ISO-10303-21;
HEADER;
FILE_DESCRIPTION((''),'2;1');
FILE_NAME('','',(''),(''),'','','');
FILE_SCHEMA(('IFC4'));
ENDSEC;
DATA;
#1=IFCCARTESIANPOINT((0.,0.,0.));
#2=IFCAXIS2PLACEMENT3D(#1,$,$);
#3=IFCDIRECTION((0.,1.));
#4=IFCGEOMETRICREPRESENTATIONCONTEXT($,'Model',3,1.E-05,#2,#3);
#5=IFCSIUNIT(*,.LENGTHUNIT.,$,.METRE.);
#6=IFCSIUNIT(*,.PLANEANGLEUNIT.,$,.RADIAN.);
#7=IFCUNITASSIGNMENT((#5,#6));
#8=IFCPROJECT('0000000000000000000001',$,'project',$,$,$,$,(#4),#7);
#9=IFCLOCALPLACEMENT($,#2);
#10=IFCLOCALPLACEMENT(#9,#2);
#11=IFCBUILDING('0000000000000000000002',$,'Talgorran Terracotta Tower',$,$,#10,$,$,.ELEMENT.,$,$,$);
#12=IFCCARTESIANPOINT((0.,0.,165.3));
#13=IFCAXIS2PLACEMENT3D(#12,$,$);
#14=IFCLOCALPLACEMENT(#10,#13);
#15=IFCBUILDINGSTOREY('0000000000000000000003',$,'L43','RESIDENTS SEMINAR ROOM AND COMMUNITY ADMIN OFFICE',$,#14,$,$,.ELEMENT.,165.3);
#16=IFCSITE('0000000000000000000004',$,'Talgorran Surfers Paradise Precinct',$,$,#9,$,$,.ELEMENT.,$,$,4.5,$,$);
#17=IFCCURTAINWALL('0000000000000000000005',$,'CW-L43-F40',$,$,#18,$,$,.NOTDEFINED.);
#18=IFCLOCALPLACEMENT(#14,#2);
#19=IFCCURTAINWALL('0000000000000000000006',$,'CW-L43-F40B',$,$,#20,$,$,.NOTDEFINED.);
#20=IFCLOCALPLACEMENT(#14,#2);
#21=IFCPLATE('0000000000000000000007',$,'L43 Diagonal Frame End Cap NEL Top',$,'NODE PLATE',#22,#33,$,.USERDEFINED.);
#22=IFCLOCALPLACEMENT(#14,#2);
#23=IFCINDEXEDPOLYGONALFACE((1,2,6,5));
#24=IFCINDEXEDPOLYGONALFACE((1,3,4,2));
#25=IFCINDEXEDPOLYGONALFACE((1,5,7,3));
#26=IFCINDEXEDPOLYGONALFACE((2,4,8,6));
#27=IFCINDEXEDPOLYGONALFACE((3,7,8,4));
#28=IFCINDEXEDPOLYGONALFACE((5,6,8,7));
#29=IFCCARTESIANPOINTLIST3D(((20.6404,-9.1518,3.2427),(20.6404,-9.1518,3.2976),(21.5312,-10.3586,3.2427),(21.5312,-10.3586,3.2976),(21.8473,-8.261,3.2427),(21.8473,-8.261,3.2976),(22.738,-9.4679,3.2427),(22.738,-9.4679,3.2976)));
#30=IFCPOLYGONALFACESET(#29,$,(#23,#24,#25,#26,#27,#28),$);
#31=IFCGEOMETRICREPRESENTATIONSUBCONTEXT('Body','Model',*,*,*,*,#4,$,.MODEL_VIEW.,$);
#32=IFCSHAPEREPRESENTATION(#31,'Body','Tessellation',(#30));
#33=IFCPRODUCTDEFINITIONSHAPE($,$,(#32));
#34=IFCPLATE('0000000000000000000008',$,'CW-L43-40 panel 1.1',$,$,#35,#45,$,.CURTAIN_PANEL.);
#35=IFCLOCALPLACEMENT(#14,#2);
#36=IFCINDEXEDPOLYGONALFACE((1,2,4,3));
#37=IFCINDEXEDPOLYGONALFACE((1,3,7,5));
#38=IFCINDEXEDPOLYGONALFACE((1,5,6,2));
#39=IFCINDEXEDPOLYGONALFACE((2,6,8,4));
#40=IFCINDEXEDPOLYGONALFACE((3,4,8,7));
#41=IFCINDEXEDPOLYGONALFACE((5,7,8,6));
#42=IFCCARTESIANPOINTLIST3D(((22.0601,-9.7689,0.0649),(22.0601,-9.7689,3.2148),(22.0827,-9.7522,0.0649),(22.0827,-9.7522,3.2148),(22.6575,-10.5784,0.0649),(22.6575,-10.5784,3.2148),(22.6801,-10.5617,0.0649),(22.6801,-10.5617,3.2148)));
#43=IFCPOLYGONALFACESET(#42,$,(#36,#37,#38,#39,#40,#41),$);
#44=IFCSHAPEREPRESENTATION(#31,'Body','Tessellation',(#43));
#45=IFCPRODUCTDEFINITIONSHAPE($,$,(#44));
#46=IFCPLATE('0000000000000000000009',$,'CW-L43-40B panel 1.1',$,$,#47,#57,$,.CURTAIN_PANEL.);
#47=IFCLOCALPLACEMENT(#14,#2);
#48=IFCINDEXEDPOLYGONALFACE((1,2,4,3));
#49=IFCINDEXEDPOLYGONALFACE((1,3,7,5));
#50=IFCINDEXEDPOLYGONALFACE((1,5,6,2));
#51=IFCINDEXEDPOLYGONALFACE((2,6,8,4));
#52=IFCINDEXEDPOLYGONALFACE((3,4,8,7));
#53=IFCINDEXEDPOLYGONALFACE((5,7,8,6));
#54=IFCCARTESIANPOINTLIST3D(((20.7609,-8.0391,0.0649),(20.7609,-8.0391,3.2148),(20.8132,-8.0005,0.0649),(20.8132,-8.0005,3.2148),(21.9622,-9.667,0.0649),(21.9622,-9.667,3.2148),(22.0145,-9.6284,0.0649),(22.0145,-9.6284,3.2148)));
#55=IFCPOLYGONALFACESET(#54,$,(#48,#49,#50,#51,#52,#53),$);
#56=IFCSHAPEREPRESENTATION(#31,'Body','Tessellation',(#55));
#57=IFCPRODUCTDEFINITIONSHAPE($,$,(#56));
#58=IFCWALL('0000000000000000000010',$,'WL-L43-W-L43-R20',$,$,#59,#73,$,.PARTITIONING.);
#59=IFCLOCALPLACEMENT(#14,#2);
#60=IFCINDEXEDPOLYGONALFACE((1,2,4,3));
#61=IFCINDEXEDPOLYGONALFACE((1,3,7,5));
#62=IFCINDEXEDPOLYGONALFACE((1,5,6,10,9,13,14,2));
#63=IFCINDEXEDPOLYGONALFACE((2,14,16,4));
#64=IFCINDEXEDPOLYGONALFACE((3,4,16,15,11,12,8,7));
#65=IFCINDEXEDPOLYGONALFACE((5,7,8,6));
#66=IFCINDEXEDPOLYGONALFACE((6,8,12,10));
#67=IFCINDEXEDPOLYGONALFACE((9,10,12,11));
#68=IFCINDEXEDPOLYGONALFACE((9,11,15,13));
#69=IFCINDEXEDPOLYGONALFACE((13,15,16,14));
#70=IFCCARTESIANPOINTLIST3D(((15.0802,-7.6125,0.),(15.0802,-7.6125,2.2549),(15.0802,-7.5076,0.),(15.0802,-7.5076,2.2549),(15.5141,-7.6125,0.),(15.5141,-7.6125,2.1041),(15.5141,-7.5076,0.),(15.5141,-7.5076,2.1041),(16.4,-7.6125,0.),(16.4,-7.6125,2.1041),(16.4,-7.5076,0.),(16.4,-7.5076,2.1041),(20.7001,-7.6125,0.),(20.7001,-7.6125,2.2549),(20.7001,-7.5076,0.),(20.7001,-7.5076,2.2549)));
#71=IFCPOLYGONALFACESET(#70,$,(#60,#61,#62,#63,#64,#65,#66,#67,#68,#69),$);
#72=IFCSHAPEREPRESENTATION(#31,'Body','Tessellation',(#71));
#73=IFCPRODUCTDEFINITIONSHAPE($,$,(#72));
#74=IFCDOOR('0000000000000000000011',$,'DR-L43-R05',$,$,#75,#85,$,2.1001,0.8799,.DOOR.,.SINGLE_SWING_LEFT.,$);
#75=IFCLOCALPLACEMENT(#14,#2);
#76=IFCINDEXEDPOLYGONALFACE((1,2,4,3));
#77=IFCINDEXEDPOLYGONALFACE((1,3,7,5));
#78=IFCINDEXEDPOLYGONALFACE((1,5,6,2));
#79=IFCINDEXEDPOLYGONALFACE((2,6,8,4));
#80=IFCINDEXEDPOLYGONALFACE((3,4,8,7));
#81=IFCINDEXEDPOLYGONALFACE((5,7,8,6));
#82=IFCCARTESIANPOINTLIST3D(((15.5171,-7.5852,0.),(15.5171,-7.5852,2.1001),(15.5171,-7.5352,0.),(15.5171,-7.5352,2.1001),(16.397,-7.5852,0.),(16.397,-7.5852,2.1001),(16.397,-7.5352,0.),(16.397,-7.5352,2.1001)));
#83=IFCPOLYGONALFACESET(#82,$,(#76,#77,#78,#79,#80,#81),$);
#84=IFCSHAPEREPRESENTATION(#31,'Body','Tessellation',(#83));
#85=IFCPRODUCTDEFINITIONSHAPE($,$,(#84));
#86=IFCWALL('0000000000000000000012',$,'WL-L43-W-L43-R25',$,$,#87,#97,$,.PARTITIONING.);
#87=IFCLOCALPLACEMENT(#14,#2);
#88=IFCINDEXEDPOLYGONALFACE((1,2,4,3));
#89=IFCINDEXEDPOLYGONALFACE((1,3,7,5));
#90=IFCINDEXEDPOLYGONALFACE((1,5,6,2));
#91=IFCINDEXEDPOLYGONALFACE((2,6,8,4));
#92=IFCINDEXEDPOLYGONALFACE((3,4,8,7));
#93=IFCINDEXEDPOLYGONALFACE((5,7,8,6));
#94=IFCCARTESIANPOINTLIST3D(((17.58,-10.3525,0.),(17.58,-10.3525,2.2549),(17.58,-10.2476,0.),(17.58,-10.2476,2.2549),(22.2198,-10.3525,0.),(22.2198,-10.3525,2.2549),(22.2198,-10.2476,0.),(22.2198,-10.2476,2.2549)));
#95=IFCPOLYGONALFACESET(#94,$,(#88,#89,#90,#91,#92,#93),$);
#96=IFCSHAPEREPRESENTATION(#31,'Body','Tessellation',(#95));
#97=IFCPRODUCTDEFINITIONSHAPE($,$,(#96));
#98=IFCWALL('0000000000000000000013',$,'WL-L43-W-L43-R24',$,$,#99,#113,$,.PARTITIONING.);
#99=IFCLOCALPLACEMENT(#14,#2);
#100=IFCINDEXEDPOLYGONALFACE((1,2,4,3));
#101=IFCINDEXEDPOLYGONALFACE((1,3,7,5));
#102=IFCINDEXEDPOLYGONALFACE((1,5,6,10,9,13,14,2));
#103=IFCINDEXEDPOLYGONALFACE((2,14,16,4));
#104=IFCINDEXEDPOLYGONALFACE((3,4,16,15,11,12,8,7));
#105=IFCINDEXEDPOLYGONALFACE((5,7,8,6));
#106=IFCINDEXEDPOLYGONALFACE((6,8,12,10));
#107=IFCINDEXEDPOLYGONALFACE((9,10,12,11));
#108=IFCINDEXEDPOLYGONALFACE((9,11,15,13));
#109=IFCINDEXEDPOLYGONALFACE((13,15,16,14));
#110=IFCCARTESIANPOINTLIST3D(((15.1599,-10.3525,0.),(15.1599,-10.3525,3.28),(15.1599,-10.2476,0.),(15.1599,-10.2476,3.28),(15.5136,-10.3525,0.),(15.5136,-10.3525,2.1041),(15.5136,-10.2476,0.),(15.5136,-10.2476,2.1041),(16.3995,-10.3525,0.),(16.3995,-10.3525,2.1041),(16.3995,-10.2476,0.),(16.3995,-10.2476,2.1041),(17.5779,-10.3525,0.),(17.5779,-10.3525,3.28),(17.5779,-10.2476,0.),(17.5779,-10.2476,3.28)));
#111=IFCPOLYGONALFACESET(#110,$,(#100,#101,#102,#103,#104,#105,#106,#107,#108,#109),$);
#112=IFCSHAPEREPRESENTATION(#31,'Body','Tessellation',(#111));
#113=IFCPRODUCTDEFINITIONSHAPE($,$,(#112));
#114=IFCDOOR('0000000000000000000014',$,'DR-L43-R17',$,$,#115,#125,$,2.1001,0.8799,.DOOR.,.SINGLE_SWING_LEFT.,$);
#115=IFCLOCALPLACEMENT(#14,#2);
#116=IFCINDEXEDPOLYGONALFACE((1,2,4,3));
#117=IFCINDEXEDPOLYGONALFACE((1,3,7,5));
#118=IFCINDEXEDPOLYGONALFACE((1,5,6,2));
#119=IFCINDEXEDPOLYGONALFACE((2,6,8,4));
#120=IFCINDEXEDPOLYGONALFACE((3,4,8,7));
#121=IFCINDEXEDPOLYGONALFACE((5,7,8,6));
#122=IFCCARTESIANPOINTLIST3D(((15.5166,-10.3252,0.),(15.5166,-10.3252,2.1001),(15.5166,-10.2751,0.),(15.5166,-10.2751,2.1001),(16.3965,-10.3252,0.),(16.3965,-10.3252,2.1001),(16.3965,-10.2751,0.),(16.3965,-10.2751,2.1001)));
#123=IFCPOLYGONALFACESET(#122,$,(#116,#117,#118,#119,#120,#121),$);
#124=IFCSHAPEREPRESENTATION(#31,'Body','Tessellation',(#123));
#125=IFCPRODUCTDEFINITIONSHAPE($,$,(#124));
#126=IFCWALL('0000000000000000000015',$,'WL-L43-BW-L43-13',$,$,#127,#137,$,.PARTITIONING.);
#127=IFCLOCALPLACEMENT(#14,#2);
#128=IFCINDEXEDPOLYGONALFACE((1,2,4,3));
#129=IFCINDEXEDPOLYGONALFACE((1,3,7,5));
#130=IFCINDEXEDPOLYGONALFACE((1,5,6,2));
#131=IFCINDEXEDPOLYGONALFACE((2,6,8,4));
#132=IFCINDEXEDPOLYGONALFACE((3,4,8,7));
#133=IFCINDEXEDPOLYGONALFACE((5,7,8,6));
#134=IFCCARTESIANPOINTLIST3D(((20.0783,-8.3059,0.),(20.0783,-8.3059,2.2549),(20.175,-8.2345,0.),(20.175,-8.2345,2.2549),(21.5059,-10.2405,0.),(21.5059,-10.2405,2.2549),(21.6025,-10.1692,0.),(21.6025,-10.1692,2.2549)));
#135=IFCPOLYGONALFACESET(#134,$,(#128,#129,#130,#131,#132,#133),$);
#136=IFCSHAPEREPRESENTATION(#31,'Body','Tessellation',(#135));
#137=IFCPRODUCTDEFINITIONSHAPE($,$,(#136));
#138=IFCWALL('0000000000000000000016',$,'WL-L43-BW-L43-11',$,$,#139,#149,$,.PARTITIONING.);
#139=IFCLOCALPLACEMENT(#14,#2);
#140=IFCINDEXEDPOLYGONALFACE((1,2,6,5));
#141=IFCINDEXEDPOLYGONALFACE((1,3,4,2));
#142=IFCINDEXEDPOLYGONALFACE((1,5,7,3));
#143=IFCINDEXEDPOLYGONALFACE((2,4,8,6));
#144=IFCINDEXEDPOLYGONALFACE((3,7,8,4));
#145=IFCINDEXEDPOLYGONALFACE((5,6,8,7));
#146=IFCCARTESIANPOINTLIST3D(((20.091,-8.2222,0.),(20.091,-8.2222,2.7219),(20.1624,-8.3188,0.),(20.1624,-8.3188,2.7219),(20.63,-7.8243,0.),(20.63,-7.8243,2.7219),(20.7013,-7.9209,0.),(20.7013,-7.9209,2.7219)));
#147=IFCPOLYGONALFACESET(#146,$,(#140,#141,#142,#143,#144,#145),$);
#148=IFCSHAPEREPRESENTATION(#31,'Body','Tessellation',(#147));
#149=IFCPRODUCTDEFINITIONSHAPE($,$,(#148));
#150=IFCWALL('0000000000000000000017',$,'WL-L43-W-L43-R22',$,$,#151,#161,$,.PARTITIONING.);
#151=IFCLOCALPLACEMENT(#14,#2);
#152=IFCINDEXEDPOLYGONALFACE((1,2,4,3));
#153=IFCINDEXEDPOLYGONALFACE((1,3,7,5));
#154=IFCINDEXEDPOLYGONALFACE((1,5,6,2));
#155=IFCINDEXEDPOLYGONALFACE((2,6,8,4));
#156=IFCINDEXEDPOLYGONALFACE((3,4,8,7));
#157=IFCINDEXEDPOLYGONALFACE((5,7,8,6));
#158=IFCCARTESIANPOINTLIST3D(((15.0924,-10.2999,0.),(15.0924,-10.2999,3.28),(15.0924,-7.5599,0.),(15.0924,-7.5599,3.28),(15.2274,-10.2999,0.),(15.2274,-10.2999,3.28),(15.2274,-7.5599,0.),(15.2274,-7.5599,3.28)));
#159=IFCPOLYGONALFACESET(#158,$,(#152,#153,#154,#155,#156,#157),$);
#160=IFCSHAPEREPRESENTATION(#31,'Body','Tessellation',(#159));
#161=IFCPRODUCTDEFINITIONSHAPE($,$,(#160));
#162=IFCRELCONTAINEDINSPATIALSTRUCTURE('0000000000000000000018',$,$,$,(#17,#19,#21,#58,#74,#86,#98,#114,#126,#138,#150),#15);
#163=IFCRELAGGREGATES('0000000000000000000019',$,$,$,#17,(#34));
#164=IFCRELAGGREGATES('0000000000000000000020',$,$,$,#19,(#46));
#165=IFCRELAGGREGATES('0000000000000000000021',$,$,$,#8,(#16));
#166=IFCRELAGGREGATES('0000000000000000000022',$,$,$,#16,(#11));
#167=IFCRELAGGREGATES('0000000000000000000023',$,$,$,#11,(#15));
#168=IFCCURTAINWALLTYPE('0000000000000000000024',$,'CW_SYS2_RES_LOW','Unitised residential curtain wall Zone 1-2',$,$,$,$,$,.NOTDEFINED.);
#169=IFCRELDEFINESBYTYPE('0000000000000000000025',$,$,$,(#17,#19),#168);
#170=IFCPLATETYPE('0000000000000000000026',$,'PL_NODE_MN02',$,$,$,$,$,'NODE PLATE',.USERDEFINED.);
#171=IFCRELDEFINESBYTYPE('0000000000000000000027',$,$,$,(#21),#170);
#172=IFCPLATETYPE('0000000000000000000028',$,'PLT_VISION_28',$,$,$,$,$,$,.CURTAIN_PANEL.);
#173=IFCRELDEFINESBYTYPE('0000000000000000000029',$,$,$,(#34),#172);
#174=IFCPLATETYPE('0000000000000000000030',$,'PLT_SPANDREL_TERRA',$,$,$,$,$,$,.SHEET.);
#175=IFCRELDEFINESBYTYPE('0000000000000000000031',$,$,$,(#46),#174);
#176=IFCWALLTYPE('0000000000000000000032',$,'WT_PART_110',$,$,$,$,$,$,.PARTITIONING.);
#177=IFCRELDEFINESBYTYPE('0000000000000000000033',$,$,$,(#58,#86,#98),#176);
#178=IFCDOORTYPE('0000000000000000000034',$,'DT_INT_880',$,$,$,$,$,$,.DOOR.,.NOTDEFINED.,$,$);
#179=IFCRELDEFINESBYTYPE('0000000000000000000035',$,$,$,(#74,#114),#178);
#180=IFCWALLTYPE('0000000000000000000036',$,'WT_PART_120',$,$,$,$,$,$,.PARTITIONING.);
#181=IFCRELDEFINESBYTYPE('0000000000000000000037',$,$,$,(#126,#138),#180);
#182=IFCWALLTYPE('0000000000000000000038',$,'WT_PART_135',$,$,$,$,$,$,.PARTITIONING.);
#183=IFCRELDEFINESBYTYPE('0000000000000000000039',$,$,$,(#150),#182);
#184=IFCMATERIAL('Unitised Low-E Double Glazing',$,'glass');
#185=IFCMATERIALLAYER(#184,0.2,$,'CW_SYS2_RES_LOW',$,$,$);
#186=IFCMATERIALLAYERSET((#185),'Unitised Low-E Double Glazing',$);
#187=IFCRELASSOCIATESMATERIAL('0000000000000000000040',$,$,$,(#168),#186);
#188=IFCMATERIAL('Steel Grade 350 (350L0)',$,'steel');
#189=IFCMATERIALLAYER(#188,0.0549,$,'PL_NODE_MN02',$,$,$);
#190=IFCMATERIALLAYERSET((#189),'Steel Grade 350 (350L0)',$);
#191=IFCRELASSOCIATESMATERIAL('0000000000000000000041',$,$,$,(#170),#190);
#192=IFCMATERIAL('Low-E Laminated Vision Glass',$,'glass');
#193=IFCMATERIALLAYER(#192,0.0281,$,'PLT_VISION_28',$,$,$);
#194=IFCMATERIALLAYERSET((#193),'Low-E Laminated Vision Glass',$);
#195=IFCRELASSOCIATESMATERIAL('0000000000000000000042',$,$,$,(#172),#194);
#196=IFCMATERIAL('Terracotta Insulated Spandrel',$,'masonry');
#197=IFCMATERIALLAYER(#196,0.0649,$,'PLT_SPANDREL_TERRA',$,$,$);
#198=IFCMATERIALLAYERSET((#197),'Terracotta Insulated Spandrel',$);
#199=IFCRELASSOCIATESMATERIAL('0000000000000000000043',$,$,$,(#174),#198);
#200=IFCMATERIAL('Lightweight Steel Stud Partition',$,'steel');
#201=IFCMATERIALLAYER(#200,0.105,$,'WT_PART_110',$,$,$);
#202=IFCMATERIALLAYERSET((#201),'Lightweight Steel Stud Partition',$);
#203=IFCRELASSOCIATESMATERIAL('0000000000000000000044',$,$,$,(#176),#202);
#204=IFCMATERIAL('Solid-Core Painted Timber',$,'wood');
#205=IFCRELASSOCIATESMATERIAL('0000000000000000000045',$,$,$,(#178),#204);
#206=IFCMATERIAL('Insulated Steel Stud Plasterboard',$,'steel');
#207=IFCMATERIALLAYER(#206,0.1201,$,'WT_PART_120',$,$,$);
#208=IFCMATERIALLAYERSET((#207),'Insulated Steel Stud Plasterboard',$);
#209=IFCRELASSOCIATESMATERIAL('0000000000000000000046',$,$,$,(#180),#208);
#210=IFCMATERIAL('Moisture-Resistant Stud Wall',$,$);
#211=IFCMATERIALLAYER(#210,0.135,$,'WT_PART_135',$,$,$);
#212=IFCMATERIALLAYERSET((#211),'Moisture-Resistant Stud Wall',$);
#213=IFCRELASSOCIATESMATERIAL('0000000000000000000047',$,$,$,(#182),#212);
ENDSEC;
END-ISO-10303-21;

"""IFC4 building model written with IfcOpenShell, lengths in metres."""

from ifc_helpers import new_model, si_unit, direction, frame, frame_2d, origin, origin_2d, place, context, subcontext, project, spatial, rectangle, extrude, source, transform, mapped, material, layer, layer_set, type_object, type_shapes, element, fill, aggregate, save


model = new_model("IFC4")

# Units and contexts
model_context = context("Model", 3, precision=1e-05, world=origin(), true_north=direction((0.0, 1.0)))
body_context = subcontext(model_context, "Body", "Model", "MODEL_VIEW")
ifc_project = project(units=[si_unit("LENGTHUNIT", "METRE"), si_unit("PLANEANGLEUNIT", "RADIAN")], contexts=[model_context])

# Site, building, storey
site_placement = place(None, origin())
site = spatial("IfcSite", under=ifc_project, at=site_placement, Name="Talgorran Surfers Paradise Precinct", CompositionType="ELEMENT", RefElevation=4.5)
building_placement = place(site_placement, origin())
building = spatial("IfcBuilding", under=site, at=building_placement, Name="Talgorran Terracotta Tower", CompositionType="ELEMENT")
storey_placement = place(building_placement, frame((0.0, 0.0, 165.3)))
storey = spatial("IfcBuildingStorey", under=building, at=storey_placement, Name="L43", Description="RESIDENTS SEMINAR ROOM AND COMMUNITY ADMIN OFFICE", CompositionType="ELEMENT", Elevation=165.3)

# Shared definitions
ifc_material_1 = material(Name="Steel Grade 350 (350L0)", Category="steel")

# Curtain wall
ifc_material_2 = material(Name="Unitised Low-E Double Glazing", Category="glass")
ifc_layer_1 = layer(ifc_material_2, 0.2, Name="CW_SYS2_RES_LOW")
ifc_layer_set_1 = layer_set([ifc_layer_1], Name="Unitised Low-E Double Glazing")
curtain_wall_type = type_object("IfcCurtainWallType", Name="CW_SYS2_RES_LOW", Description="Unitised residential curtain wall Zone 1-2", PredefinedType="NOTDEFINED", material=ifc_layer_set_1)
curtain_wall_1_placement = place(storey_placement, origin())
curtain_wall_1 = element("IfcCurtainWall", 1, at=curtain_wall_1_placement, inside=storey, type_object=curtain_wall_type, Name="CW-L43-F40", PredefinedType="NOTDEFINED")

# Curtain wall
curtain_wall_2_placement = place(storey_placement, origin())
curtain_wall_2 = element("IfcCurtainWall", 2, at=curtain_wall_2_placement, inside=storey, type_object=curtain_wall_type, Name="CW-L43-F40B", PredefinedType="NOTDEFINED")

# Plate
ifc_layer_2 = layer(ifc_material_1, 0.0549, Name="PL_NODE_MN02")
ifc_layer_set_2 = layer_set([ifc_layer_2], Name="Steel Grade 350 (350L0)")
plate_type_1 = type_object("IfcPlateType", Name="PL_NODE_MN02", ElementType="NODE PLATE", PredefinedType="USERDEFINED", material=ifc_layer_set_2)
plate_1_placement = place(storey_placement, frame((21.6892, -9.3098, 3.2427), z_axis=(0.0, 0.0, 1.0), x_axis=(0.59384, -0.804583, 0.0)))
element("IfcPlate", 3, at=plate_1_placement, inside=storey, type_object=plate_type_1, Name="L43 Diagonal Frame End Cap NEL Top", ObjectType="NODE PLATE", PredefinedType="USERDEFINED", context=body_context, shape_type="SweptSolid", body=[
    extrude(rectangle(XDim=1.5, YDim=1.5, at=origin_2d()), origin(), (0.0, 0.0, 1.0), 0.0549),
])

# Plates
ifc_material_3 = material(Name="Low-E Laminated Vision Glass", Category="glass")
ifc_layer_3 = layer(ifc_material_3, 0.0281, Name="PLT_VISION_28")
ifc_layer_set_3 = layer_set([ifc_layer_3], Name="Low-E Laminated Vision Glass")
plate_type_2 = type_object("IfcPlateType", Name="PLT_VISION_28", PredefinedType="CURTAIN_PANEL", material=ifc_layer_set_3)
shared_shape_1 = source(origin(), body_context, "Body", "SweptSolid", [
    extrude(rectangle(XDim=1.0061, YDim=0.0281, at=origin_2d()), origin(), (0.0, 0.0, 1.0), 3.1499),
])
type_shapes(plate_type_2, [shared_shape_1])
plate_2_placement = place(storey_placement, frame((22.3701, -10.1653, 0.0649), z_axis=(0.0, 0.0, 1.0), x_axis=(-0.593814, 0.804602, 0.0)))
plate_2 = element("IfcPlate", 4, at=plate_2_placement, type_object=plate_type_2, Name="CW-L43-40 panel 1.1", PredefinedType="CURTAIN_PANEL", context=body_context, shape_type="MappedRepresentation", body=[
    mapped(shared_shape_1, transform((0.0, 0.0, 0.0), scale=1.0)),
])
aggregate(curtain_wall_1, [plate_2])
ifc_material_4 = material(Name="Terracotta Insulated Spandrel", Category="masonry")
ifc_layer_4 = layer(ifc_material_4, 0.0649, Name="PLT_SPANDREL_TERRA")
ifc_layer_set_4 = layer_set([ifc_layer_4], Name="Terracotta Insulated Spandrel")
plate_type_3 = type_object("IfcPlateType", Name="PLT_SPANDREL_TERRA", PredefinedType="SHEET", material=ifc_layer_set_4)
shared_shape_2 = source(origin(), body_context, "Body", "SweptSolid", [
    extrude(rectangle(XDim=2.0232, YDim=0.0649, at=origin_2d()), origin(), (0.0, 0.0, 1.0), 3.1499),
])
type_shapes(plate_type_3, [shared_shape_2])
plate_3_placement = place(storey_placement, frame((21.3877, -8.8337, 0.0649), z_axis=(0.0, 0.0, 1.0), x_axis=(-0.593785, 0.804624, 0.0)))
plate_3 = element("IfcPlate", 5, at=plate_3_placement, type_object=plate_type_3, Name="CW-L43-40B panel 1.1", PredefinedType="CURTAIN_PANEL", context=body_context, shape_type="MappedRepresentation", body=[
    mapped(shared_shape_2, transform((0.0, 0.0, 0.0), scale=1.0)),
])
aggregate(curtain_wall_2, [plate_3])

# Wall, opening, door
ifc_material_5 = material(Name="Lightweight Steel Stud Partition", Category="steel")
ifc_layer_5 = layer(ifc_material_5, 0.105, Name="WT_PART_110")
ifc_layer_set_5 = layer_set([ifc_layer_5], Name="Lightweight Steel Stud Partition")
wall_type_1 = type_object("IfcWallType", Name="WT_PART_110", PredefinedType="PARTITIONING", material=ifc_layer_set_5)
wall_1_placement = place(storey_placement, frame((15.0801, -7.5601, 0.0), z_axis=(0.0, 0.0, 1.0), x_axis=(1.0, 0.0, 0.0)))
wall_1 = element("IfcWall", 6, at=wall_1_placement, inside=storey, type_object=wall_type_1, Name="WL-L43-W-L43-R20", PredefinedType="PARTITIONING", context=body_context, shape_type="SweptSolid", body=[
    extrude(rectangle(XDim=5.6199, YDim=0.105, at=frame_2d((2.8101, 0.0))), origin(), (0.0, 0.0, 1.0), 2.2549),
])
opening_1_placement = place(wall_1_placement, frame((0.437, 0.0, 0.0)))
opening_1 = element("IfcOpeningElement", 7, at=opening_1_placement, cuts=wall_1, PredefinedType="OPENING", context=body_context, shape_type="SweptSolid", body=[
    extrude(rectangle(XDim=0.8859, YDim=2.1041, at=frame_2d((0.4399, 1.052))), frame((0.0, 0.0625, 0.0), z_axis=(0.0, -1.0, 0.0), x_axis=(1.0, 0.0, 0.0)), (0.0, 0.0, 1.0), 0.125),
])
ifc_material_6 = material(Name="Solid-Core Painted Timber", Category="wood")
door_type = type_object("IfcDoorType", Name="DT_INT_880", OperationType="NOTDEFINED", PredefinedType="DOOR", material=ifc_material_6)
door_1_placement = place(opening_1_placement, origin())
door_1 = element("IfcDoor", 8, at=door_1_placement, inside=storey, type_object=door_type, Name="DR-L43-R05", OperationType="SINGLE_SWING_LEFT", OverallHeight=2.1001, OverallWidth=0.8799, PredefinedType="DOOR", context=body_context, shape_type="SweptSolid", body=[
    extrude(rectangle(XDim=0.8799, YDim=2.1001, at=frame_2d((0.4399, 1.05))), frame((0.0, 0.0249, 0.0), z_axis=(0.0, -1.0, 0.0), x_axis=(1.0, 0.0, 0.0)), (0.0, 0.0, 1.0), 0.05),
])
fill(opening_1, door_1)

# Wall
wall_2_placement = place(storey_placement, frame((17.5801, -10.3, 0.0), z_axis=(0.0, 0.0, 1.0), x_axis=(1.0, 0.0, 0.0)))
element("IfcWall", 9, at=wall_2_placement, inside=storey, type_object=wall_type_1, Name="WL-L43-W-L43-R25", PredefinedType="PARTITIONING", context=body_context, shape_type="SweptSolid", body=[
    extrude(rectangle(XDim=4.6399, YDim=0.105, at=frame_2d((2.3198, 0.0))), origin(), (0.0, 0.0, 1.0), 2.2549),
])

# Wall, opening, door
wall_3_placement = place(storey_placement, frame((15.1599, -10.3, 0.0), z_axis=(0.0, 0.0, 1.0), x_axis=(1.0, 0.0, 0.0)))
wall_3 = element("IfcWall", 10, at=wall_3_placement, inside=storey, type_object=wall_type_1, Name="WL-L43-W-L43-R24", PredefinedType="PARTITIONING", context=body_context, shape_type="SweptSolid", body=[
    extrude(rectangle(XDim=2.418, YDim=0.105, at=frame_2d((1.209, 0.0))), origin(), (0.0, 0.0, 1.0), 3.28),
])
opening_2_placement = place(wall_3_placement, frame((0.3567, 0.0, 0.0)))
opening_2 = element("IfcOpeningElement", 11, at=opening_2_placement, cuts=wall_3, PredefinedType="OPENING", context=body_context, shape_type="SweptSolid", body=[
    extrude(rectangle(XDim=0.8859, YDim=2.1041, at=frame_2d((0.4399, 1.052))), frame((0.0, 0.0625, 0.0), z_axis=(0.0, -1.0, 0.0), x_axis=(1.0, 0.0, 0.0)), (0.0, 0.0, 1.0), 0.125),
])
door_2_placement = place(opening_2_placement, origin())
door_2 = element("IfcDoor", 12, at=door_2_placement, inside=storey, type_object=door_type, Name="DR-L43-R17", OperationType="SINGLE_SWING_LEFT", OverallHeight=2.1001, OverallWidth=0.8799, PredefinedType="DOOR", context=body_context, shape_type="SweptSolid", body=[
    extrude(rectangle(XDim=0.8799, YDim=2.1001, at=frame_2d((0.4399, 1.05))), frame((0.0, 0.0249, 0.0), z_axis=(0.0, -1.0, 0.0), x_axis=(1.0, 0.0, 0.0)), (0.0, 0.0, 1.0), 0.05),
])
fill(opening_2, door_2)

# Walls
ifc_material_7 = material(Name="Insulated Steel Stud Plasterboard", Category="steel")
ifc_layer_6 = layer(ifc_material_7, 0.1201, Name="WT_PART_120")
ifc_layer_set_6 = layer_set([ifc_layer_6], Name="Insulated Steel Stud Plasterboard")
wall_type_2 = type_object("IfcWallType", Name="WT_PART_120", PredefinedType="PARTITIONING", material=ifc_layer_set_6)
wall_4_placement = place(storey_placement, frame((21.5542, -10.2048, 0.0), z_axis=(0.0, 0.0, 1.0), x_axis=(-0.593743, 0.804655, 0.0)))
element("IfcWall", 13, at=wall_4_placement, inside=storey, type_object=wall_type_2, Name="WL-L43-BW-L43-13", PredefinedType="PARTITIONING", context=body_context, shape_type="SweptSolid", body=[
    extrude(rectangle(XDim=2.4043, YDim=0.1201, at=frame_2d((1.2021, 0.0))), origin(), (0.0, 0.0, 1.0), 2.2549),
])
wall_5_placement = place(storey_placement, frame((20.1267, -8.2705, 0.0), z_axis=(0.0, 0.0, 1.0), x_axis=(0.804524, 0.59392, 0.0)))
element("IfcWall", 14, at=wall_5_placement, inside=storey, type_object=wall_type_2, Name="WL-L43-BW-L43-11", PredefinedType="PARTITIONING", context=body_context, shape_type="SweptSolid", body=[
    extrude(rectangle(XDim=0.6699, YDim=0.1201, at=frame_2d((0.335, 0.0))), origin(), (0.0, 0.0, 1.0), 2.7219),
])
ifc_material_8 = material(Name="Moisture-Resistant Stud Wall")
ifc_layer_7 = layer(ifc_material_8, 0.135, Name="WT_PART_135")
ifc_layer_set_7 = layer_set([ifc_layer_7], Name="Moisture-Resistant Stud Wall")
wall_type_3 = type_object("IfcWallType", Name="WT_PART_135", PredefinedType="PARTITIONING", material=ifc_layer_set_7)
wall_6_placement = place(storey_placement, frame((15.1599, -10.3, 0.0), z_axis=(0.0, 0.0, 1.0), x_axis=(0.0, 1.0, 0.0)))
element("IfcWall", 15, at=wall_6_placement, inside=storey, type_object=wall_type_3, Name="WL-L43-W-L43-R22", PredefinedType="PARTITIONING", context=body_context, shape_type="SweptSolid", body=[
    extrude(rectangle(XDim=2.74, YDim=0.135, at=frame_2d((1.3701, 0.0))), origin(), (0.0, 0.0, 1.0), 3.28),
])

save(model, "model.ifc")
